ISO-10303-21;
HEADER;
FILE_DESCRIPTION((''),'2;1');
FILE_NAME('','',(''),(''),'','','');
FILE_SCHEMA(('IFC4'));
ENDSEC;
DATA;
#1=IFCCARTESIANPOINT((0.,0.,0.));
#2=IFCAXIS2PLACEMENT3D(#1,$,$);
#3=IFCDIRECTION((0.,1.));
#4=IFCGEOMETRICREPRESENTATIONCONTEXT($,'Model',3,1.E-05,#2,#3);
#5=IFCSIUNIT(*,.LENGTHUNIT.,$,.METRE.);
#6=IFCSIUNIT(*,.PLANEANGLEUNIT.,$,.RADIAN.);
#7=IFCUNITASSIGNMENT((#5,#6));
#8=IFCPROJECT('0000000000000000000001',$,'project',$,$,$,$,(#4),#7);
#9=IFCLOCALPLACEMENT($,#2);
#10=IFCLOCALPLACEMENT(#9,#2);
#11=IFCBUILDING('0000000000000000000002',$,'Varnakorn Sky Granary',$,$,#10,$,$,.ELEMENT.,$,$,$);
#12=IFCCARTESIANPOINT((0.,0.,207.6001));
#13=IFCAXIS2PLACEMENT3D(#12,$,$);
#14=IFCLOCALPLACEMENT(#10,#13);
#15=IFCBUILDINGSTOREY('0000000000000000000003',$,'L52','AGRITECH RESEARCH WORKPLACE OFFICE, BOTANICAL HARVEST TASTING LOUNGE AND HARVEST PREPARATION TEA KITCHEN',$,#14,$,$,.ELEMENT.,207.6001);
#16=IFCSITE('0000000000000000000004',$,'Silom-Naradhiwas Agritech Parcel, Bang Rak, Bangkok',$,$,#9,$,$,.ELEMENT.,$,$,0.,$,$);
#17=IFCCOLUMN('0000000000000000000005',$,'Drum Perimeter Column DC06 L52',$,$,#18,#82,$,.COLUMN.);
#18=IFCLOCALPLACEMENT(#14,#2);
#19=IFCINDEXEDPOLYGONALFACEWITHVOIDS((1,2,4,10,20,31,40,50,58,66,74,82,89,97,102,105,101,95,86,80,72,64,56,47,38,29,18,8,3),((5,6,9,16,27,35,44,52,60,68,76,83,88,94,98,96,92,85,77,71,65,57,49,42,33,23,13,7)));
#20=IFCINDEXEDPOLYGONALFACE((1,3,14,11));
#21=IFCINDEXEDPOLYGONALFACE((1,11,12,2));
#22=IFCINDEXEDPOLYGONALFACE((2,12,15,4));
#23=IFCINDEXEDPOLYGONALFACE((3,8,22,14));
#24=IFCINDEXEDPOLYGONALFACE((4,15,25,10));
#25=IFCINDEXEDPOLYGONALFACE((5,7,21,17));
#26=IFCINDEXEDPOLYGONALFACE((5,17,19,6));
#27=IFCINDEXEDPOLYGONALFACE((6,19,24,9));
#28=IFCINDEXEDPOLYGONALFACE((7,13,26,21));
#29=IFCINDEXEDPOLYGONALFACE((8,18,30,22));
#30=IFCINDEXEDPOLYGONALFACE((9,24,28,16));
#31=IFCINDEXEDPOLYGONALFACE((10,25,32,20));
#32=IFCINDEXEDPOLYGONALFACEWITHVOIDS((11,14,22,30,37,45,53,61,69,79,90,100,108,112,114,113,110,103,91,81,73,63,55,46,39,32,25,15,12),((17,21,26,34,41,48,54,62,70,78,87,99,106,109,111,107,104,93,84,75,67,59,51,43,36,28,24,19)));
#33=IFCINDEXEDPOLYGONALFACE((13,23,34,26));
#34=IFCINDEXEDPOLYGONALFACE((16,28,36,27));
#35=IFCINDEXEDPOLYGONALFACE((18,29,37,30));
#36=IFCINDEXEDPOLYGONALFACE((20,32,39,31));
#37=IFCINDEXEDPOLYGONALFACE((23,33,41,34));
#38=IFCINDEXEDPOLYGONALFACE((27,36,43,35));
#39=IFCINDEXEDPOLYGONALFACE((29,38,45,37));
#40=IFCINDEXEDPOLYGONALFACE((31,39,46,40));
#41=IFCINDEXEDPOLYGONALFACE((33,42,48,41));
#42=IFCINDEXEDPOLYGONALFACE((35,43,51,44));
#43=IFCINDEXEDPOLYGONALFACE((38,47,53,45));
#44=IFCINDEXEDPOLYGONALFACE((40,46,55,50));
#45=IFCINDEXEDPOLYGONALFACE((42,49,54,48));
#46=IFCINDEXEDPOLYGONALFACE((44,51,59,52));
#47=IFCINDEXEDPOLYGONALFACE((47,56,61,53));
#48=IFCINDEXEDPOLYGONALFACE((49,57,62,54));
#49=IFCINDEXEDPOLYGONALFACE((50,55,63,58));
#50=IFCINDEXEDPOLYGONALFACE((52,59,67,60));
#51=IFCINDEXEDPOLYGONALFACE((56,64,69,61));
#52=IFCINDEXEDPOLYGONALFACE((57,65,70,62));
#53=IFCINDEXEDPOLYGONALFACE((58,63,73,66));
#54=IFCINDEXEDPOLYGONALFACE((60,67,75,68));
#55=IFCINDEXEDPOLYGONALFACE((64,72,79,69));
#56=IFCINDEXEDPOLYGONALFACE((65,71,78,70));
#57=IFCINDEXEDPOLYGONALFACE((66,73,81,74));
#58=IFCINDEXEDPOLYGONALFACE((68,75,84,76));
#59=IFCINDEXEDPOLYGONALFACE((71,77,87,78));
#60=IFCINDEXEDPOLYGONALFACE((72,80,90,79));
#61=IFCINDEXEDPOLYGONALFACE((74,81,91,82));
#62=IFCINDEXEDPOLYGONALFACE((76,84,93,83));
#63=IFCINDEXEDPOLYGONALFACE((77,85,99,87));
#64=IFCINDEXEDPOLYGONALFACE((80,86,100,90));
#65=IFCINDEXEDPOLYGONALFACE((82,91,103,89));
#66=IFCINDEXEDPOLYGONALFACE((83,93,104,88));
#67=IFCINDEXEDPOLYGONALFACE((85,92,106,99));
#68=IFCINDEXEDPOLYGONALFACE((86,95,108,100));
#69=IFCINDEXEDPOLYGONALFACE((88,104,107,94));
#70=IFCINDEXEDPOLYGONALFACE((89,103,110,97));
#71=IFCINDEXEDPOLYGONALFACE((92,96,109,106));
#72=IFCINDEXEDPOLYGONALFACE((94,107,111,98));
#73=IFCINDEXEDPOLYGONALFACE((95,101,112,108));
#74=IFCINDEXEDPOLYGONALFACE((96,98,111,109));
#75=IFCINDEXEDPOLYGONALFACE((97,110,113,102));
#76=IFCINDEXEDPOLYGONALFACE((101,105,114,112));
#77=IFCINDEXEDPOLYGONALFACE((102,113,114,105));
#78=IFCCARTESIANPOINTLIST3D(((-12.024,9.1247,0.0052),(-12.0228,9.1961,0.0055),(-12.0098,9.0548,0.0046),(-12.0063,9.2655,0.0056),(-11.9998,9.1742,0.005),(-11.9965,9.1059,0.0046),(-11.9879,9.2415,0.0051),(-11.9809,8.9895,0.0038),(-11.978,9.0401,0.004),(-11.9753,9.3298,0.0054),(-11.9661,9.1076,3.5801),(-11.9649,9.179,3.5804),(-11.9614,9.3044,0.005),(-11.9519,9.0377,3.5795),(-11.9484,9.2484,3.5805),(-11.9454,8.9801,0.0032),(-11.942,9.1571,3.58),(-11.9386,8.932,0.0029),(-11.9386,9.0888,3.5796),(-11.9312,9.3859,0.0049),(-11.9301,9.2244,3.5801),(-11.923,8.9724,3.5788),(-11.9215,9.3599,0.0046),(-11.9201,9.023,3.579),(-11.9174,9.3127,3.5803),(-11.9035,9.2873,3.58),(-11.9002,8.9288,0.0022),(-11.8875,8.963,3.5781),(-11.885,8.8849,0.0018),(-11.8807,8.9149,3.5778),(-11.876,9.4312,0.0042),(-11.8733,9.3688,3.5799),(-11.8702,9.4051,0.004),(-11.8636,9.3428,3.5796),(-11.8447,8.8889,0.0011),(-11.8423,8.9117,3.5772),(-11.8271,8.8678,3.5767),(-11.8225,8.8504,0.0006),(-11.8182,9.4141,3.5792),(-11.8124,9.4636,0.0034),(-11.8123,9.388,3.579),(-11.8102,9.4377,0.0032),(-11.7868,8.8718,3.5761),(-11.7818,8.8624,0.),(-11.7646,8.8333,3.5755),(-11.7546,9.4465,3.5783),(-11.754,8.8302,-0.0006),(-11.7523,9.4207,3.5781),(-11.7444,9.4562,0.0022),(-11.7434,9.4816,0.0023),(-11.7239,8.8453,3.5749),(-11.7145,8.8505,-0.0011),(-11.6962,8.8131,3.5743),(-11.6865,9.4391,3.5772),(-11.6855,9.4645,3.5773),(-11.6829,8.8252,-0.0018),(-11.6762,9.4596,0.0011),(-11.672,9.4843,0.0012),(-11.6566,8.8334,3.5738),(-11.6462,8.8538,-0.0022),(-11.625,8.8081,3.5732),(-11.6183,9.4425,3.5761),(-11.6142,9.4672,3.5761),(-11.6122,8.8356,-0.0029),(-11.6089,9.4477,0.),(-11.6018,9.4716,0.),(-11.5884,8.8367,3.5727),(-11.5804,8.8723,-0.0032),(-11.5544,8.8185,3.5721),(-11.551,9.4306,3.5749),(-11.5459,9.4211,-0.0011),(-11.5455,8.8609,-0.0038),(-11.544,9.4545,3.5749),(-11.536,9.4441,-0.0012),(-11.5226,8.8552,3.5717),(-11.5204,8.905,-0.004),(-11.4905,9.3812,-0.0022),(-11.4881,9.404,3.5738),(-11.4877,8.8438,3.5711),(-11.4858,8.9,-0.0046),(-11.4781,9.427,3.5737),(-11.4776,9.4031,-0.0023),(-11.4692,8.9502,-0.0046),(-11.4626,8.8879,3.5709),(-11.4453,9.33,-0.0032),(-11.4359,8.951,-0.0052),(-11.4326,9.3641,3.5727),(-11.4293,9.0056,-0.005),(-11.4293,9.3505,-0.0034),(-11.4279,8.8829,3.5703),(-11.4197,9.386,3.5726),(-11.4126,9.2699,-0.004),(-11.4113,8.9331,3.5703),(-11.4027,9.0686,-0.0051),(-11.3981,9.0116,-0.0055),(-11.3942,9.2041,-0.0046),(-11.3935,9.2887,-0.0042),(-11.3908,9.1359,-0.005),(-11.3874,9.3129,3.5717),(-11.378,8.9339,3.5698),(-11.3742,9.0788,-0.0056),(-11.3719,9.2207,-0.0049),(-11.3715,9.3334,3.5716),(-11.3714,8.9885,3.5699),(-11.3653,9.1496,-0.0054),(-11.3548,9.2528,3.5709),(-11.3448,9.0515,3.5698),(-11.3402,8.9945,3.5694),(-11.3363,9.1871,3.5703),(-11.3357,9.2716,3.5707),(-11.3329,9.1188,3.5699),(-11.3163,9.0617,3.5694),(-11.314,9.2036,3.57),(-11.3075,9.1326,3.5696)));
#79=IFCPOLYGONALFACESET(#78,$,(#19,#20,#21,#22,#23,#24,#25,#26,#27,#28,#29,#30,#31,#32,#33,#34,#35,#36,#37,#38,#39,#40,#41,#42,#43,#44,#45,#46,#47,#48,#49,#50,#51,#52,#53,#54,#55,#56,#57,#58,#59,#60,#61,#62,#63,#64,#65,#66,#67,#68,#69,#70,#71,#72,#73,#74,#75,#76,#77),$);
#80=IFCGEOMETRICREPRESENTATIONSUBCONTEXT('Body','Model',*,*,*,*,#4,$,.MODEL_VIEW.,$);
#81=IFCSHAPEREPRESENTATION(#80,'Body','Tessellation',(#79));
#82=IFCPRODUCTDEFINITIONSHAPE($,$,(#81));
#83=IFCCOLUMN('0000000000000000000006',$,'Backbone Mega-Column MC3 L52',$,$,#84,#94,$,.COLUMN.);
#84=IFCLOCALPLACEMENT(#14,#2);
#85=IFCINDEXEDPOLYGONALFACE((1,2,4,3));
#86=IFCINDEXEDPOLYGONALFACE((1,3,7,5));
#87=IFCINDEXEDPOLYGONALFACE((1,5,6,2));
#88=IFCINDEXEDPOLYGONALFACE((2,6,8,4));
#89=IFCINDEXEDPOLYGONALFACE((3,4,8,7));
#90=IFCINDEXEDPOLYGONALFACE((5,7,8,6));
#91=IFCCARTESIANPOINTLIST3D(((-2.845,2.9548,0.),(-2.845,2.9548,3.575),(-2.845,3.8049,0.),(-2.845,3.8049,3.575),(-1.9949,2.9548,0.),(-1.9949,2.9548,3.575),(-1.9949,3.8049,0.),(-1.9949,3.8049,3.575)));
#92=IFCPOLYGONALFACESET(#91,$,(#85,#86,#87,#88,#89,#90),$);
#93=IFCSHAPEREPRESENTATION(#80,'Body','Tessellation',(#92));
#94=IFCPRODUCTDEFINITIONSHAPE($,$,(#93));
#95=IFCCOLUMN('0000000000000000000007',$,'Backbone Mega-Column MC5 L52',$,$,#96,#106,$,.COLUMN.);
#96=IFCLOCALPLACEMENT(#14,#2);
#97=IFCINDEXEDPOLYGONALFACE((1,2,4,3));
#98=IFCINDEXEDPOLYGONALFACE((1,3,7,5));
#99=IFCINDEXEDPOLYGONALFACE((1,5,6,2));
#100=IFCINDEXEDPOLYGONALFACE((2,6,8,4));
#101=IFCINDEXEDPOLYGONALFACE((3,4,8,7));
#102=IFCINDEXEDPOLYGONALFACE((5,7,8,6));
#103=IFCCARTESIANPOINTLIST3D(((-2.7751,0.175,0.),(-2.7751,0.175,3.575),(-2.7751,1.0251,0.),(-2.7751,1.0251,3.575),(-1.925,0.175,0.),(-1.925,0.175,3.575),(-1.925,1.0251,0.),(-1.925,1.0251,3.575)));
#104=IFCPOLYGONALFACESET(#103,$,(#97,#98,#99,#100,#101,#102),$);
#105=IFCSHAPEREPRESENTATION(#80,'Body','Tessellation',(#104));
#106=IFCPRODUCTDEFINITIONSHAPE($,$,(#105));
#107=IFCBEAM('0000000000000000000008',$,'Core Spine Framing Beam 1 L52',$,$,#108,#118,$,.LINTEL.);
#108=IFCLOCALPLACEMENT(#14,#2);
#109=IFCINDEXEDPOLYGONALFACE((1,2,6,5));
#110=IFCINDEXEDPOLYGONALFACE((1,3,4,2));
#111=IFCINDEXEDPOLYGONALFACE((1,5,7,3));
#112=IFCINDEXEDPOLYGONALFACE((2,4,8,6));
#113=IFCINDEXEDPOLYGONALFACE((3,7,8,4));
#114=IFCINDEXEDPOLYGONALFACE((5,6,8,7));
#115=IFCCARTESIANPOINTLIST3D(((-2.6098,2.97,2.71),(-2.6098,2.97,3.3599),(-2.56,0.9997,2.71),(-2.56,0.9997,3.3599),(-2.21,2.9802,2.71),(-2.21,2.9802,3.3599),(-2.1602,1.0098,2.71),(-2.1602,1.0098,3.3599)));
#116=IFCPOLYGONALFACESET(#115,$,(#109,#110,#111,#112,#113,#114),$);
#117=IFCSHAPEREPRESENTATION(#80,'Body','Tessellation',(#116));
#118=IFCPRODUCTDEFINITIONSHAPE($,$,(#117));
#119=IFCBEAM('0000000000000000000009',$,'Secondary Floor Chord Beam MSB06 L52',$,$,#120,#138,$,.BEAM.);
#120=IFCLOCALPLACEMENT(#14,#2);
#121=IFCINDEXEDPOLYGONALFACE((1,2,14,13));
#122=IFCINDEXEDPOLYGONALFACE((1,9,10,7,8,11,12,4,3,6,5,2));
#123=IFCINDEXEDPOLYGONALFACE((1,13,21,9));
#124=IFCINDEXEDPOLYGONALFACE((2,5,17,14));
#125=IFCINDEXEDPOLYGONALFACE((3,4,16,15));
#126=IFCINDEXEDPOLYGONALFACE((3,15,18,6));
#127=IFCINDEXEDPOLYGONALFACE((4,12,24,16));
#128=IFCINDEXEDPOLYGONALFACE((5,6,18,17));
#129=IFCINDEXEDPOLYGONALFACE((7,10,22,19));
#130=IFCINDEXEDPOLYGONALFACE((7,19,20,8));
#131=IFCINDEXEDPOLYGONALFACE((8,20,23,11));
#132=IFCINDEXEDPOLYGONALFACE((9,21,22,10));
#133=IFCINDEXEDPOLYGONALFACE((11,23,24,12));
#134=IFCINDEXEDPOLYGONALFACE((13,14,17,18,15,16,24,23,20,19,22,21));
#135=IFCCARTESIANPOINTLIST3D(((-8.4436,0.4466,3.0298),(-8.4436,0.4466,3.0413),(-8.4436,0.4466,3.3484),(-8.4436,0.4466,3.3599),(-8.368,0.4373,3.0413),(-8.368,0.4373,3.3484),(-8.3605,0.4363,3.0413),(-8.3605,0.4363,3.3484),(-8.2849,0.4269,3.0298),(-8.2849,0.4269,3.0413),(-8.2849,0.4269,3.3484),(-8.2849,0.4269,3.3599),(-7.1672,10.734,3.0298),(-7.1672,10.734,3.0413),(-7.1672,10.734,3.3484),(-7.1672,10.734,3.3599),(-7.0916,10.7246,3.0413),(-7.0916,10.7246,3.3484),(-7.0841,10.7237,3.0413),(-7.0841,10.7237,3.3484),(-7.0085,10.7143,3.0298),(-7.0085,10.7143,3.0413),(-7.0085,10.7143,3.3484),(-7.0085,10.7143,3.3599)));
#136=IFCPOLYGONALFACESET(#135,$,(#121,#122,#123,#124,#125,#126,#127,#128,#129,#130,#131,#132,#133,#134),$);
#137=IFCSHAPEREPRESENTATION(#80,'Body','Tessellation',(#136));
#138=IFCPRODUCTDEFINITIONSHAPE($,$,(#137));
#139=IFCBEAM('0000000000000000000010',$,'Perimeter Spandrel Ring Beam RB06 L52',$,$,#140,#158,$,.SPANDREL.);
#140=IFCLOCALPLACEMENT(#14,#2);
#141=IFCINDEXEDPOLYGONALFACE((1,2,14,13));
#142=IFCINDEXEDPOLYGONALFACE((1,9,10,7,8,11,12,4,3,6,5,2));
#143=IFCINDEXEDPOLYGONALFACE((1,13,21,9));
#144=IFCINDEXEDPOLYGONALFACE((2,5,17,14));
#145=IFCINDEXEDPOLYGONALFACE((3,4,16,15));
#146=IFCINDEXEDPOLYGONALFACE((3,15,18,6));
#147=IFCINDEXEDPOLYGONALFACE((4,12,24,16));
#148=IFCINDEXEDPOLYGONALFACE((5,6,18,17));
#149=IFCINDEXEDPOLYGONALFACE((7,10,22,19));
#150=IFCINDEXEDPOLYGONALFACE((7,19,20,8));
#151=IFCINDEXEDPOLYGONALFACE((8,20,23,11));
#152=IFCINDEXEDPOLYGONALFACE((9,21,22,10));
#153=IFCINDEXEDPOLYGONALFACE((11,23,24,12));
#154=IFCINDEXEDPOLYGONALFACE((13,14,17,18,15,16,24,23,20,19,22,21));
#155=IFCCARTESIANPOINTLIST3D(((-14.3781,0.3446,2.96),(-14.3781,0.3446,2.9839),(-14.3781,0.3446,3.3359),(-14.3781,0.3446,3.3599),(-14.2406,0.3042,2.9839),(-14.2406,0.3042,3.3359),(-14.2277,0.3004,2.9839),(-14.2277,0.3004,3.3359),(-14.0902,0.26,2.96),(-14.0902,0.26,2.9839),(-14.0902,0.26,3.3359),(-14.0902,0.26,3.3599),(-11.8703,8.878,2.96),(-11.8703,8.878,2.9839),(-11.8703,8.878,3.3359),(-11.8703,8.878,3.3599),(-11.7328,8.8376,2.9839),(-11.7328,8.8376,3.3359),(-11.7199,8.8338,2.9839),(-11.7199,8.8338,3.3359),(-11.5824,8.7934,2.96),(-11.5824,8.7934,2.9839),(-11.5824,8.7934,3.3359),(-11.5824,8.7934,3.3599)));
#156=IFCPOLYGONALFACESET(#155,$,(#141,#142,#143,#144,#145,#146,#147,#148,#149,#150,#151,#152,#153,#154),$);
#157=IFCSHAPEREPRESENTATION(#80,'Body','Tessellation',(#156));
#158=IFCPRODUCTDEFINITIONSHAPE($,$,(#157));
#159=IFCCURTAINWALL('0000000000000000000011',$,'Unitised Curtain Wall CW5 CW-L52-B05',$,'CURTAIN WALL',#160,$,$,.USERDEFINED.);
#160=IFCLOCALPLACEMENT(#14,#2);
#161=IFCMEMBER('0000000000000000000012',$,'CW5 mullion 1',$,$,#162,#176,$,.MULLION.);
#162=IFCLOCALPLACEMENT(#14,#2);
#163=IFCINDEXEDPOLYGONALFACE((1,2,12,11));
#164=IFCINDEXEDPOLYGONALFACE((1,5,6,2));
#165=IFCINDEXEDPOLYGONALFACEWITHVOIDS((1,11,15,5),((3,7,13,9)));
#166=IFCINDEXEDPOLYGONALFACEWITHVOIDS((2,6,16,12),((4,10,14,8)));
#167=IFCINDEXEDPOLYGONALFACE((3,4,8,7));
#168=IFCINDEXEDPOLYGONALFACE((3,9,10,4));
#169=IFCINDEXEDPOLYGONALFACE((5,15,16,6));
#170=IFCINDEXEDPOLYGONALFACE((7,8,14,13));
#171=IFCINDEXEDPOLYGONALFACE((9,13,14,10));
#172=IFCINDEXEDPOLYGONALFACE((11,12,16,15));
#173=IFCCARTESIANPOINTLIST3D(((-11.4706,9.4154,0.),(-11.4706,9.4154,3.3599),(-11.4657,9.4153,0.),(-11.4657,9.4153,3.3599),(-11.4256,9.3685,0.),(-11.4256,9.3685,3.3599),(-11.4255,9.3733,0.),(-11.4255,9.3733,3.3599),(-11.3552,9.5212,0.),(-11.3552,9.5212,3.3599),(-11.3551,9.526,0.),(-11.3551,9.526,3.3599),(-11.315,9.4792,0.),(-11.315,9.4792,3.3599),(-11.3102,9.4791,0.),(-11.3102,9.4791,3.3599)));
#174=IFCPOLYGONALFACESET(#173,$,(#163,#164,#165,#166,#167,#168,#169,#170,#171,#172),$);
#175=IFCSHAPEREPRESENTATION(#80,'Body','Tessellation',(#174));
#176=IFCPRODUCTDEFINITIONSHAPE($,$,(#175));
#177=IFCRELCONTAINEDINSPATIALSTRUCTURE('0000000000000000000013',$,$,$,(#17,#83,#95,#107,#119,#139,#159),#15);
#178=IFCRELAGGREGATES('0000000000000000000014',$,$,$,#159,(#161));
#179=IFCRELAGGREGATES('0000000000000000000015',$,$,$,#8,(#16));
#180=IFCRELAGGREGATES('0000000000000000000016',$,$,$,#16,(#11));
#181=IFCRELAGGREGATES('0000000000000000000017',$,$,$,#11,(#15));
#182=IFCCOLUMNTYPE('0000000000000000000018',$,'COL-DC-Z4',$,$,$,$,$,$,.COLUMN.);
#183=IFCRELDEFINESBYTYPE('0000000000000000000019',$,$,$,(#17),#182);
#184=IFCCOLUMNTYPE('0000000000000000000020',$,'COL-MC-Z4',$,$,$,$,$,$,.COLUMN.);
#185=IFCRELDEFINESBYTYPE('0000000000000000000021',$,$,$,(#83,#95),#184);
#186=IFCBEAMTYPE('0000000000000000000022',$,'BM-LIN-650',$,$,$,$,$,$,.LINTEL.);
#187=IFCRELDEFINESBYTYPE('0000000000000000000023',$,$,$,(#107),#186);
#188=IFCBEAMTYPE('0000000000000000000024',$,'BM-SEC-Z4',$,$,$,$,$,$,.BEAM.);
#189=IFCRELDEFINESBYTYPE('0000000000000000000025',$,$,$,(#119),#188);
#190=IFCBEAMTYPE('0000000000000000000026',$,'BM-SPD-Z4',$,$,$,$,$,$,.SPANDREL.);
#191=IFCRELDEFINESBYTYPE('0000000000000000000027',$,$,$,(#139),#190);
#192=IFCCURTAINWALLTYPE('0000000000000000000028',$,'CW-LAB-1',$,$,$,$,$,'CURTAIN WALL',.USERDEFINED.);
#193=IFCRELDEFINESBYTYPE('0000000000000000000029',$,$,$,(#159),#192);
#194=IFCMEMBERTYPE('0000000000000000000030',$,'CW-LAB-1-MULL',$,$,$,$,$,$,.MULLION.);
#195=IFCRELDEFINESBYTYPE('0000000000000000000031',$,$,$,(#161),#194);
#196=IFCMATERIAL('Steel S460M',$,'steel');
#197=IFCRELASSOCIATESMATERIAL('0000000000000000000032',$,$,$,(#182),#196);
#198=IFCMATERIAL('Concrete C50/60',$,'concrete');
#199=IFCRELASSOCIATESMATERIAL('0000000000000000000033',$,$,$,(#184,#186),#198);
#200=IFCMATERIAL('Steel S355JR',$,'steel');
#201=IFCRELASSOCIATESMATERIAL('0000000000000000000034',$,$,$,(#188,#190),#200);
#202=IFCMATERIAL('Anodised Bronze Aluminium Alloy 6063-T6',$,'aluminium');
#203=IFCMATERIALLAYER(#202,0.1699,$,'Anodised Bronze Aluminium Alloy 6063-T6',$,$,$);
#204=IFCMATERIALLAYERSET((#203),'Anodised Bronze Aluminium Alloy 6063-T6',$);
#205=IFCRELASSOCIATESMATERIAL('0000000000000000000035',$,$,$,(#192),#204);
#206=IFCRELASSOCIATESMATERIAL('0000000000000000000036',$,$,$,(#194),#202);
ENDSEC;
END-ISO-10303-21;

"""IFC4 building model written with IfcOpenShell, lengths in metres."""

from ifc_helpers import new_model, si_unit, direction, frame, origin, origin_2d, place, context, subcontext, project, spatial, rectangle, hollow_rectangle, hollow_circle, i_section, extrude, material, layer, layer_set, material_profile, profile_set, type_object, element, aggregate, save


model = new_model("IFC4")

# Units and contexts
model_context = context("Model", 3, precision=1e-05, world=origin(), true_north=direction((0.0, 1.0)))
body_context = subcontext(model_context, "Body", "Model", "MODEL_VIEW")
ifc_project = project(units=[si_unit("LENGTHUNIT", "METRE"), si_unit("PLANEANGLEUNIT", "RADIAN")], contexts=[model_context])

# Site, building, storey
site_placement = place(None, origin())
site = spatial("IfcSite", under=ifc_project, at=site_placement, Name="Silom-Naradhiwas Agritech Parcel, Bang Rak, Bangkok", CompositionType="ELEMENT", RefElevation=0.0)
building_placement = place(site_placement, origin())
building = spatial("IfcBuilding", under=site, at=building_placement, Name="Varnakorn Sky Granary", CompositionType="ELEMENT")
storey_placement = place(building_placement, frame((0.0, 0.0, 207.6001)))
storey = spatial("IfcBuildingStorey", under=building, at=storey_placement, Name="L52", Description="AGRITECH RESEARCH WORKPLACE OFFICE, BOTANICAL HARVEST TASTING LOUNGE AND HARVEST PREPARATION TEA KITCHEN", CompositionType="ELEMENT", Elevation=207.6001)

# Columns
ifc_material_1 = material(Name="Steel S460M", Category="steel")
ifc_material_profile_1 = material_profile(ifc_material_1, hollow_circle(Radius=0.3301, WallThickness=0.0249, at=origin_2d()), Name="CHS 660x25")
ifc_profile_set_1 = profile_set([ifc_material_profile_1], Name="Steel S460M")
column_type_1 = type_object("IfcColumnType", Name="COL-DC-Z4", PredefinedType="COLUMN", material=ifc_profile_set_1)
column_placement = place(storey_placement, frame((-11.6953, 9.155, 0.0), z_axis=(0.016183, -0.00478, 0.999858), x_axis=(0.283262, 0.959043, 0.0)))
element("IfcColumn", 1, at=column_placement, inside=storey, type_object=column_type_1, Name="Drum Perimeter Column DC06 L52", PredefinedType="COLUMN", context=body_context, shape_type="SweptSolid", body=[
    extrude(hollow_circle(Radius=0.3301, WallThickness=0.0249, at=origin_2d()), origin(), (0.0, 0.0, 1.0), 3.5754),
])
ifc_material_2 = material(Name="Concrete C50/60", Category="concrete")
ifc_material_profile_2 = material_profile(ifc_material_2, rectangle(XDim=0.8501, YDim=0.8501, at=origin_2d()), Name="RC 850x850")
ifc_profile_set_2 = profile_set([ifc_material_profile_2], Name="Concrete C50/60")
column_type_2 = type_object("IfcColumnType", Name="COL-MC-Z4", PredefinedType="COLUMN", material=ifc_profile_set_2)
for number, where, z_axis, x_axis, name in (
    (2, (-2.4199, 3.3799, 0.0), (0.0, 0.0, 1.0), (1.0, 0.0, 0.0), "Backbone Mega-Column MC3 L52"),
    (3, (-2.3501, 0.6001, 0.0), (0.0, 0.0, 1.0), (1.0, 0.0, 0.0), "Backbone Mega-Column MC5 L52"),
):
    element("IfcColumn", number, at=place(storey_placement, frame(where, z_axis=z_axis, x_axis=x_axis)), inside=storey, type_object=column_type_2, Name=name, PredefinedType="COLUMN", context=body_context, shape_type="SweptSolid", body=[
        extrude(rectangle(XDim=0.8501, YDim=0.8501, at=origin_2d()), origin(), (0.0, 0.0, 1.0), 3.575),
    ])

# Beams
ifc_material_profile_3 = material_profile(ifc_material_2, rectangle(XDim=0.3999, YDim=0.6499, at=origin_2d()), Name="RC 400x650")
ifc_profile_set_3 = profile_set([ifc_material_profile_3], Name="Concrete C50/60")
beam_type_1 = type_object("IfcBeamType", Name="BM-LIN-650", PredefinedType="LINTEL", material=ifc_profile_set_3)
beam_1_placement = place(storey_placement, frame((-2.4099, 2.9751, 3.0349), z_axis=(0.025271, -0.999681, 0.0), x_axis=(0.999681, 0.025271, 0.0)))
element("IfcBeam", 4, at=beam_1_placement, inside=storey, type_object=beam_type_1, Name="Core Spine Framing Beam 1 L52", PredefinedType="LINTEL", context=body_context, shape_type="SweptSolid", body=[
    extrude(rectangle(XDim=0.3999, YDim=0.6499, at=origin_2d()), origin(), (0.0, 0.0, 1.0), 1.9709),
])
ifc_material_3 = material(Name="Steel S355JR", Category="steel")
ifc_material_profile_4 = material_profile(ifc_material_3, i_section(OverallWidth=0.1599, OverallDepth=0.3301, WebThickness=0.0076, FlangeThickness=0.0115, at=origin_2d()), Name="IPE 330")
ifc_profile_set_4 = profile_set([ifc_material_profile_4], Name="Steel S355JR")
beam_type_2 = type_object("IfcBeamType", Name="BM-SEC-Z4", PredefinedType="BEAM", material=ifc_profile_set_4)
beam_2_placement = place(storey_placement, frame((-7.0879, 10.7241, 3.1948), z_axis=(-0.123127, -0.992391, 0.0), x_axis=(0.992391, -0.123127, 0.0)))
element("IfcBeam", 5, at=beam_2_placement, inside=storey, type_object=beam_type_2, Name="Secondary Floor Chord Beam MSB06 L52", PredefinedType="BEAM", context=body_context, shape_type="SweptSolid", body=[
    extrude(i_section(OverallWidth=0.1599, OverallDepth=0.3301, WebThickness=0.0076, FlangeThickness=0.0115, at=origin_2d()), origin(), (0.0, 0.0, 1.0), 10.3662),
])
ifc_material_profile_5 = material_profile(ifc_material_3, i_section(OverallWidth=0.3, OverallDepth=0.3999, WebThickness=0.0134, FlangeThickness=0.0239, at=origin_2d()), Name="HE 400 B")
ifc_profile_set_5 = profile_set([ifc_material_profile_5], Name="Steel S355JR")
beam_type_3 = type_object("IfcBeamType", Name="BM-SPD-Z4", PredefinedType="SPANDREL", material=ifc_profile_set_5)
beam_3_placement = place(storey_placement, frame((-11.7263, 8.8357, 3.1599), z_axis=(-0.281957, -0.959427, 0.0), x_axis=(0.959427, -0.281957, 0.0)))
element("IfcBeam", 6, at=beam_3_placement, inside=storey, type_object=beam_type_3, Name="Perimeter Spandrel Ring Beam RB06 L52", PredefinedType="SPANDREL", context=body_context, shape_type="SweptSolid", body=[
    extrude(i_section(OverallWidth=0.3, OverallDepth=0.3999, WebThickness=0.0134, FlangeThickness=0.0239, at=origin_2d()), origin(), (0.0, 0.0, 1.0), 8.8943),
])

# Curtain wall, member
ifc_material_4 = material(Name="Anodised Bronze Aluminium Alloy 6063-T6", Category="aluminium")
ifc_layer_1 = layer(ifc_material_4, 0.1699, Name="Anodised Bronze Aluminium Alloy 6063-T6")
ifc_layer_set_1 = layer_set([ifc_layer_1], Name="Anodised Bronze Aluminium Alloy 6063-T6")
curtain_wall_type = type_object("IfcCurtainWallType", Name="CW-LAB-1", ElementType="CURTAIN WALL", PredefinedType="USERDEFINED", material=ifc_layer_set_1)
curtain_wall_placement = place(storey_placement, origin())
curtain_wall = element("IfcCurtainWall", 7, at=curtain_wall_placement, inside=storey, type_object=curtain_wall_type, Name="Unitised Curtain Wall CW5 CW-L52-B05", ObjectType="CURTAIN WALL", PredefinedType="USERDEFINED")
ifc_material_profile_6 = material_profile(ifc_material_4, hollow_rectangle(XDim=0.0649, YDim=0.1599, WallThickness=0.0034, at=origin_2d()), Name="ALU MULL 65x160")
ifc_profile_set_6 = profile_set([ifc_material_profile_6], Name="Anodised Bronze Aluminium Alloy 6063-T6")
member_type_1 = type_object("IfcMemberType", Name="CW-LAB-1-MULL", PredefinedType="MULLION", material=ifc_profile_set_6)
member_1_placement = place(storey_placement, frame((-11.3904, 9.4473, 0.0), z_axis=(0.0, 0.0, 1.0), x_axis=(-0.691923, 0.721971, 0.0)))
member_1 = element("IfcMember", 8, at=member_1_placement, type_object=member_type_1, Name="CW5 mullion 1", PredefinedType="MULLION", context=body_context, shape_type="SweptSolid", body=[
    extrude(hollow_rectangle(XDim=0.0649, YDim=0.1599, WallThickness=0.0034, at=origin_2d()), origin(), (0.0, 0.0, 1.0), 3.3599),
])

aggregate(curtain_wall, [member_1])

save(model, "model.ifc")
